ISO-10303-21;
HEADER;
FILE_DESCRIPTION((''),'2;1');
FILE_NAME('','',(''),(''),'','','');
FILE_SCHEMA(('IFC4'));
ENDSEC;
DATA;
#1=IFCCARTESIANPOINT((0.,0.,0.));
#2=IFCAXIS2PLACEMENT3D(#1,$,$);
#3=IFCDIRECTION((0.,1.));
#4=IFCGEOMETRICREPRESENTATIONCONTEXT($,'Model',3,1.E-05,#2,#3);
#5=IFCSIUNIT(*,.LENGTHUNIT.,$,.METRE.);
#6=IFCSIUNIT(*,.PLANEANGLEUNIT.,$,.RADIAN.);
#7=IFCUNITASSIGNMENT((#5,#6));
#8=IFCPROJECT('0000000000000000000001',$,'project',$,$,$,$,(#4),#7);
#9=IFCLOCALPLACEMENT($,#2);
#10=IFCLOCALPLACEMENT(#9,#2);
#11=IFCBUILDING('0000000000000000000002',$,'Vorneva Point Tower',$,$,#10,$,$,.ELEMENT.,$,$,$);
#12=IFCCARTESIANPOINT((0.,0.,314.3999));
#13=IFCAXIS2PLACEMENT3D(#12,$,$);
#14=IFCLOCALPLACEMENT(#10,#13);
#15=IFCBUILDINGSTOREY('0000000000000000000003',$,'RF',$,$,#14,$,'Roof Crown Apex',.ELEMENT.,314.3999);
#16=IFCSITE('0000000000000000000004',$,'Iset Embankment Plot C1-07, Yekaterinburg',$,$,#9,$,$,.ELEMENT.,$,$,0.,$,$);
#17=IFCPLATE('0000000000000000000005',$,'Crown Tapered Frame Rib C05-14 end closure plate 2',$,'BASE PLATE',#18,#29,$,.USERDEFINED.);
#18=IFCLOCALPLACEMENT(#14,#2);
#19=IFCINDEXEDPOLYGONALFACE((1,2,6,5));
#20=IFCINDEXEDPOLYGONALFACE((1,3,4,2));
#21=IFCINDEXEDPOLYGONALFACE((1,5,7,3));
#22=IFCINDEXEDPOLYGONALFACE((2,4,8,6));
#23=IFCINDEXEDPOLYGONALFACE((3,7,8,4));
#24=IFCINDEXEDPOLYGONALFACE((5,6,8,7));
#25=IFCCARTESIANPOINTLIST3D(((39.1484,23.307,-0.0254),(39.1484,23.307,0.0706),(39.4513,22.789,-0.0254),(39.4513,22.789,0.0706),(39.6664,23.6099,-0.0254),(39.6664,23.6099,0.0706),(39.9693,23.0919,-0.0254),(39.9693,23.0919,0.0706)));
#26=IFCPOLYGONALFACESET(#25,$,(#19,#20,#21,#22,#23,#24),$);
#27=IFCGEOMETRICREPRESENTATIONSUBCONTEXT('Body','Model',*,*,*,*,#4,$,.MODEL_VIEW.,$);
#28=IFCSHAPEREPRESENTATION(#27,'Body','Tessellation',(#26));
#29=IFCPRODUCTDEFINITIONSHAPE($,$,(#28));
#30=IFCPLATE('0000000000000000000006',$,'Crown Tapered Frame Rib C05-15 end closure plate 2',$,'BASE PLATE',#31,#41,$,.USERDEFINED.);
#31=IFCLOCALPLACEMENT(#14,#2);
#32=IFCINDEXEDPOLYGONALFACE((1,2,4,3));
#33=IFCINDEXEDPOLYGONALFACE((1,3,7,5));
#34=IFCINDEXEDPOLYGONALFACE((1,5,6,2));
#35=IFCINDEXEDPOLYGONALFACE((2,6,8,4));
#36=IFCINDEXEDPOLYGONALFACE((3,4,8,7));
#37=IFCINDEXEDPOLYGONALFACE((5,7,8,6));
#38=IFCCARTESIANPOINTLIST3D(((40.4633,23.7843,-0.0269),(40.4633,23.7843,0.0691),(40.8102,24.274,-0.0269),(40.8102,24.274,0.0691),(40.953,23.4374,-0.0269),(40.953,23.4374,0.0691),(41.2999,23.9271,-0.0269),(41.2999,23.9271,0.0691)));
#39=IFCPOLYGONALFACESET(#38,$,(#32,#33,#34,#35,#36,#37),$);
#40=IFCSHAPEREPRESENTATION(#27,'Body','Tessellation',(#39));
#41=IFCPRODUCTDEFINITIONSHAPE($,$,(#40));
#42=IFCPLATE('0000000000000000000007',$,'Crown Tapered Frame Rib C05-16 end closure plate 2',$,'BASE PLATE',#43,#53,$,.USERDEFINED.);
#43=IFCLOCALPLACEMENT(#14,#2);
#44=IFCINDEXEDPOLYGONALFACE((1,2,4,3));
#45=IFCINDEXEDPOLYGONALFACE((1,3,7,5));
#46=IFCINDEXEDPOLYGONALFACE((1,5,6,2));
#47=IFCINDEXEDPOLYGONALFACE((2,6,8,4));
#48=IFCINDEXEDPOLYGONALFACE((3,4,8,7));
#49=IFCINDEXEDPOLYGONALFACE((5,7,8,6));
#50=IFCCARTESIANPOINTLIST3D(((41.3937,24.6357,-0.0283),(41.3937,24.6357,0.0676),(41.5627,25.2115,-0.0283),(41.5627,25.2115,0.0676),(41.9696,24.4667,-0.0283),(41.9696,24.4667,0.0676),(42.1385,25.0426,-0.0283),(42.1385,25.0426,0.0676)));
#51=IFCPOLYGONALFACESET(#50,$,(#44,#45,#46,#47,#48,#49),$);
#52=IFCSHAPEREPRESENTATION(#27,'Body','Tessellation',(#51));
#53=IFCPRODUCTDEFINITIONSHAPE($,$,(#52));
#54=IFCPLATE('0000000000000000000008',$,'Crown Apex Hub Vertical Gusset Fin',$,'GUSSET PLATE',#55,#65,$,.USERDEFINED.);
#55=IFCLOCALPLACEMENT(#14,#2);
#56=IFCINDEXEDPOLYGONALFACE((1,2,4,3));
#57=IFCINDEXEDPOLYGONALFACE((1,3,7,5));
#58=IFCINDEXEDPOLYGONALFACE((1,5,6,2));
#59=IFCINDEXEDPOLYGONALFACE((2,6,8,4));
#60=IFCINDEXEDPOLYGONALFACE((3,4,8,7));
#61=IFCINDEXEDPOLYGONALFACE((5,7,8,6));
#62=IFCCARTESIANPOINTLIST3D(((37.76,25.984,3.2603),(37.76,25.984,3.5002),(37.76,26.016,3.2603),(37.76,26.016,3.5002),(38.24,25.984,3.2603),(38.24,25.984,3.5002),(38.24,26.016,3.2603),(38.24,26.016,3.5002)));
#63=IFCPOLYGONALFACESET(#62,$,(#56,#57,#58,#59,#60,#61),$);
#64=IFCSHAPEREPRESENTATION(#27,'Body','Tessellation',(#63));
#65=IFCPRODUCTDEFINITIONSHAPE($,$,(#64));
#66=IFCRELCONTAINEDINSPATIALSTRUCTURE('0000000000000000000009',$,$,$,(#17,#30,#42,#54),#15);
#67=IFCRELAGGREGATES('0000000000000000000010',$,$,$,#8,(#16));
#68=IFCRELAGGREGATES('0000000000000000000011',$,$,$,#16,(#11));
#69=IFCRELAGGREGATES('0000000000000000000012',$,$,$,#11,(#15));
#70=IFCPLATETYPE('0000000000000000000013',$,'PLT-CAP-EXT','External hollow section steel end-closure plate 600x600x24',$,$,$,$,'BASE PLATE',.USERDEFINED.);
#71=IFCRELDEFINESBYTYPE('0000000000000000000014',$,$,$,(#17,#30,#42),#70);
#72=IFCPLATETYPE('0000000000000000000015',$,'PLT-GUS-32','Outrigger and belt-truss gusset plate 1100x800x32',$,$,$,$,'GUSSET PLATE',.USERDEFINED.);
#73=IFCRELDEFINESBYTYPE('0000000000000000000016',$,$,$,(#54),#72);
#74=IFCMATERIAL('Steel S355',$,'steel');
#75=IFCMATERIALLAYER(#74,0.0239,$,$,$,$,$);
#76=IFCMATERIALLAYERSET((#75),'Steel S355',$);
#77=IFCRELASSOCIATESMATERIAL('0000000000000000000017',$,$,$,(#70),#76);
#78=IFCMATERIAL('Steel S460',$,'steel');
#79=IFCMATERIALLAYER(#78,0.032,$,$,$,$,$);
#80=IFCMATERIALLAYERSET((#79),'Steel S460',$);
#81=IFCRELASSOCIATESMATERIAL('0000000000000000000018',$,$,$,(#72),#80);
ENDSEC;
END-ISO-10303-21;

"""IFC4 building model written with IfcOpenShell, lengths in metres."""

from ifc_helpers import new_model, si_unit, direction, frame, origin, origin_2d, place, context, subcontext, project, spatial, rectangle, extrude, material, layer, layer_set, type_object, element, save


model = new_model("IFC4")

# Units and contexts
model_context = context("Model", 3, precision=1e-05, world=origin(), true_north=direction((0.0, 1.0)))
body_context = subcontext(model_context, "Body", "Model", "MODEL_VIEW")
ifc_project = project(units=[si_unit("LENGTHUNIT", "METRE"), si_unit("PLANEANGLEUNIT", "RADIAN")], contexts=[model_context])

# Site, building, storey
site_placement = place(None, origin())
site = spatial("IfcSite", under=ifc_project, at=site_placement, Name="Iset Embankment Plot C1-07, Yekaterinburg", CompositionType="ELEMENT", RefElevation=0.0)
building_placement = place(site_placement, origin())
building = spatial("IfcBuilding", under=site, at=building_placement, Name="Vorneva Point Tower", CompositionType="ELEMENT")
storey_placement = place(building_placement, frame((0.0, 0.0, 314.3999)))
storey = spatial("IfcBuildingStorey", under=building, at=storey_placement, Name="RF", LongName="Roof Crown Apex", CompositionType="ELEMENT", Elevation=314.3999)

# Shared definitions
ifc_material_1 = material(Name="Steel S355", Category="steel")

# Plates
ifc_layer_1 = layer(ifc_material_1, 0.0239)
ifc_layer_set_1 = layer_set([ifc_layer_1], Name="Steel S355")
plate_type_1 = type_object("IfcPlateType", Name="PLT-CAP-EXT", Description="External hollow section steel end-closure plate 600x600x24", ElementType="BASE PLATE", PredefinedType="USERDEFINED", material=ifc_layer_set_1)
for number, where, z_axis, x_axis, name in (
    (1, (39.5588, 23.1995, -0.0254), (0.0, 0.0, 1.0), (-0.504844, 0.863211, 0.0), "Crown Tapered Frame Rib C05-14 end closure plate 2"),
    (2, (40.8816, 23.8557, -0.0269), (0.0, 0.0, 1.0), (-0.816047, 0.577986, 0.0), "Crown Tapered Frame Rib C05-15 end closure plate 2"),
    (3, (41.7661, 24.8391, -0.0283), (0.0, 0.0, 1.0), (-0.959555, 0.281521, 0.0), "Crown Tapered Frame Rib C05-16 end closure plate 2"),
):
    element("IfcPlate", number, at=place(storey_placement, frame(where, z_axis=z_axis, x_axis=x_axis)), inside=storey, type_object=plate_type_1, Name=name, ObjectType="BASE PLATE", PredefinedType="USERDEFINED", context=body_context, shape_type="SweptSolid", body=[
        extrude(rectangle(XDim=0.6001, YDim=0.6001, at=origin_2d()), origin(), (0.0, 0.0, 1.0), 0.0959),
    ])
ifc_material_2 = material(Name="Steel S460", Category="steel")
ifc_layer_2 = layer(ifc_material_2, 0.032)
ifc_layer_set_2 = layer_set([ifc_layer_2], Name="Steel S460")
plate_type_2 = type_object("IfcPlateType", Name="PLT-GUS-32", Description="Outrigger and belt-truss gusset plate 1100x800x32", ElementType="GUSSET PLATE", PredefinedType="USERDEFINED", material=ifc_layer_set_2)
plate_1_placement = place(storey_placement, frame((38.0, 26.0, 3.2603), z_axis=(0.0, 0.0, 1.0), x_axis=(1.0, 0.0, 0.0)))
element("IfcPlate", 4, at=plate_1_placement, inside=storey, type_object=plate_type_2, Name="Crown Apex Hub Vertical Gusset Fin", ObjectType="GUSSET PLATE", PredefinedType="USERDEFINED", context=body_context, shape_type="SweptSolid", body=[
    extrude(rectangle(XDim=0.48, YDim=0.032, at=origin_2d()), origin(), (0.0, 0.0, 1.0), 0.24),
])

save(model, "model.ifc")
